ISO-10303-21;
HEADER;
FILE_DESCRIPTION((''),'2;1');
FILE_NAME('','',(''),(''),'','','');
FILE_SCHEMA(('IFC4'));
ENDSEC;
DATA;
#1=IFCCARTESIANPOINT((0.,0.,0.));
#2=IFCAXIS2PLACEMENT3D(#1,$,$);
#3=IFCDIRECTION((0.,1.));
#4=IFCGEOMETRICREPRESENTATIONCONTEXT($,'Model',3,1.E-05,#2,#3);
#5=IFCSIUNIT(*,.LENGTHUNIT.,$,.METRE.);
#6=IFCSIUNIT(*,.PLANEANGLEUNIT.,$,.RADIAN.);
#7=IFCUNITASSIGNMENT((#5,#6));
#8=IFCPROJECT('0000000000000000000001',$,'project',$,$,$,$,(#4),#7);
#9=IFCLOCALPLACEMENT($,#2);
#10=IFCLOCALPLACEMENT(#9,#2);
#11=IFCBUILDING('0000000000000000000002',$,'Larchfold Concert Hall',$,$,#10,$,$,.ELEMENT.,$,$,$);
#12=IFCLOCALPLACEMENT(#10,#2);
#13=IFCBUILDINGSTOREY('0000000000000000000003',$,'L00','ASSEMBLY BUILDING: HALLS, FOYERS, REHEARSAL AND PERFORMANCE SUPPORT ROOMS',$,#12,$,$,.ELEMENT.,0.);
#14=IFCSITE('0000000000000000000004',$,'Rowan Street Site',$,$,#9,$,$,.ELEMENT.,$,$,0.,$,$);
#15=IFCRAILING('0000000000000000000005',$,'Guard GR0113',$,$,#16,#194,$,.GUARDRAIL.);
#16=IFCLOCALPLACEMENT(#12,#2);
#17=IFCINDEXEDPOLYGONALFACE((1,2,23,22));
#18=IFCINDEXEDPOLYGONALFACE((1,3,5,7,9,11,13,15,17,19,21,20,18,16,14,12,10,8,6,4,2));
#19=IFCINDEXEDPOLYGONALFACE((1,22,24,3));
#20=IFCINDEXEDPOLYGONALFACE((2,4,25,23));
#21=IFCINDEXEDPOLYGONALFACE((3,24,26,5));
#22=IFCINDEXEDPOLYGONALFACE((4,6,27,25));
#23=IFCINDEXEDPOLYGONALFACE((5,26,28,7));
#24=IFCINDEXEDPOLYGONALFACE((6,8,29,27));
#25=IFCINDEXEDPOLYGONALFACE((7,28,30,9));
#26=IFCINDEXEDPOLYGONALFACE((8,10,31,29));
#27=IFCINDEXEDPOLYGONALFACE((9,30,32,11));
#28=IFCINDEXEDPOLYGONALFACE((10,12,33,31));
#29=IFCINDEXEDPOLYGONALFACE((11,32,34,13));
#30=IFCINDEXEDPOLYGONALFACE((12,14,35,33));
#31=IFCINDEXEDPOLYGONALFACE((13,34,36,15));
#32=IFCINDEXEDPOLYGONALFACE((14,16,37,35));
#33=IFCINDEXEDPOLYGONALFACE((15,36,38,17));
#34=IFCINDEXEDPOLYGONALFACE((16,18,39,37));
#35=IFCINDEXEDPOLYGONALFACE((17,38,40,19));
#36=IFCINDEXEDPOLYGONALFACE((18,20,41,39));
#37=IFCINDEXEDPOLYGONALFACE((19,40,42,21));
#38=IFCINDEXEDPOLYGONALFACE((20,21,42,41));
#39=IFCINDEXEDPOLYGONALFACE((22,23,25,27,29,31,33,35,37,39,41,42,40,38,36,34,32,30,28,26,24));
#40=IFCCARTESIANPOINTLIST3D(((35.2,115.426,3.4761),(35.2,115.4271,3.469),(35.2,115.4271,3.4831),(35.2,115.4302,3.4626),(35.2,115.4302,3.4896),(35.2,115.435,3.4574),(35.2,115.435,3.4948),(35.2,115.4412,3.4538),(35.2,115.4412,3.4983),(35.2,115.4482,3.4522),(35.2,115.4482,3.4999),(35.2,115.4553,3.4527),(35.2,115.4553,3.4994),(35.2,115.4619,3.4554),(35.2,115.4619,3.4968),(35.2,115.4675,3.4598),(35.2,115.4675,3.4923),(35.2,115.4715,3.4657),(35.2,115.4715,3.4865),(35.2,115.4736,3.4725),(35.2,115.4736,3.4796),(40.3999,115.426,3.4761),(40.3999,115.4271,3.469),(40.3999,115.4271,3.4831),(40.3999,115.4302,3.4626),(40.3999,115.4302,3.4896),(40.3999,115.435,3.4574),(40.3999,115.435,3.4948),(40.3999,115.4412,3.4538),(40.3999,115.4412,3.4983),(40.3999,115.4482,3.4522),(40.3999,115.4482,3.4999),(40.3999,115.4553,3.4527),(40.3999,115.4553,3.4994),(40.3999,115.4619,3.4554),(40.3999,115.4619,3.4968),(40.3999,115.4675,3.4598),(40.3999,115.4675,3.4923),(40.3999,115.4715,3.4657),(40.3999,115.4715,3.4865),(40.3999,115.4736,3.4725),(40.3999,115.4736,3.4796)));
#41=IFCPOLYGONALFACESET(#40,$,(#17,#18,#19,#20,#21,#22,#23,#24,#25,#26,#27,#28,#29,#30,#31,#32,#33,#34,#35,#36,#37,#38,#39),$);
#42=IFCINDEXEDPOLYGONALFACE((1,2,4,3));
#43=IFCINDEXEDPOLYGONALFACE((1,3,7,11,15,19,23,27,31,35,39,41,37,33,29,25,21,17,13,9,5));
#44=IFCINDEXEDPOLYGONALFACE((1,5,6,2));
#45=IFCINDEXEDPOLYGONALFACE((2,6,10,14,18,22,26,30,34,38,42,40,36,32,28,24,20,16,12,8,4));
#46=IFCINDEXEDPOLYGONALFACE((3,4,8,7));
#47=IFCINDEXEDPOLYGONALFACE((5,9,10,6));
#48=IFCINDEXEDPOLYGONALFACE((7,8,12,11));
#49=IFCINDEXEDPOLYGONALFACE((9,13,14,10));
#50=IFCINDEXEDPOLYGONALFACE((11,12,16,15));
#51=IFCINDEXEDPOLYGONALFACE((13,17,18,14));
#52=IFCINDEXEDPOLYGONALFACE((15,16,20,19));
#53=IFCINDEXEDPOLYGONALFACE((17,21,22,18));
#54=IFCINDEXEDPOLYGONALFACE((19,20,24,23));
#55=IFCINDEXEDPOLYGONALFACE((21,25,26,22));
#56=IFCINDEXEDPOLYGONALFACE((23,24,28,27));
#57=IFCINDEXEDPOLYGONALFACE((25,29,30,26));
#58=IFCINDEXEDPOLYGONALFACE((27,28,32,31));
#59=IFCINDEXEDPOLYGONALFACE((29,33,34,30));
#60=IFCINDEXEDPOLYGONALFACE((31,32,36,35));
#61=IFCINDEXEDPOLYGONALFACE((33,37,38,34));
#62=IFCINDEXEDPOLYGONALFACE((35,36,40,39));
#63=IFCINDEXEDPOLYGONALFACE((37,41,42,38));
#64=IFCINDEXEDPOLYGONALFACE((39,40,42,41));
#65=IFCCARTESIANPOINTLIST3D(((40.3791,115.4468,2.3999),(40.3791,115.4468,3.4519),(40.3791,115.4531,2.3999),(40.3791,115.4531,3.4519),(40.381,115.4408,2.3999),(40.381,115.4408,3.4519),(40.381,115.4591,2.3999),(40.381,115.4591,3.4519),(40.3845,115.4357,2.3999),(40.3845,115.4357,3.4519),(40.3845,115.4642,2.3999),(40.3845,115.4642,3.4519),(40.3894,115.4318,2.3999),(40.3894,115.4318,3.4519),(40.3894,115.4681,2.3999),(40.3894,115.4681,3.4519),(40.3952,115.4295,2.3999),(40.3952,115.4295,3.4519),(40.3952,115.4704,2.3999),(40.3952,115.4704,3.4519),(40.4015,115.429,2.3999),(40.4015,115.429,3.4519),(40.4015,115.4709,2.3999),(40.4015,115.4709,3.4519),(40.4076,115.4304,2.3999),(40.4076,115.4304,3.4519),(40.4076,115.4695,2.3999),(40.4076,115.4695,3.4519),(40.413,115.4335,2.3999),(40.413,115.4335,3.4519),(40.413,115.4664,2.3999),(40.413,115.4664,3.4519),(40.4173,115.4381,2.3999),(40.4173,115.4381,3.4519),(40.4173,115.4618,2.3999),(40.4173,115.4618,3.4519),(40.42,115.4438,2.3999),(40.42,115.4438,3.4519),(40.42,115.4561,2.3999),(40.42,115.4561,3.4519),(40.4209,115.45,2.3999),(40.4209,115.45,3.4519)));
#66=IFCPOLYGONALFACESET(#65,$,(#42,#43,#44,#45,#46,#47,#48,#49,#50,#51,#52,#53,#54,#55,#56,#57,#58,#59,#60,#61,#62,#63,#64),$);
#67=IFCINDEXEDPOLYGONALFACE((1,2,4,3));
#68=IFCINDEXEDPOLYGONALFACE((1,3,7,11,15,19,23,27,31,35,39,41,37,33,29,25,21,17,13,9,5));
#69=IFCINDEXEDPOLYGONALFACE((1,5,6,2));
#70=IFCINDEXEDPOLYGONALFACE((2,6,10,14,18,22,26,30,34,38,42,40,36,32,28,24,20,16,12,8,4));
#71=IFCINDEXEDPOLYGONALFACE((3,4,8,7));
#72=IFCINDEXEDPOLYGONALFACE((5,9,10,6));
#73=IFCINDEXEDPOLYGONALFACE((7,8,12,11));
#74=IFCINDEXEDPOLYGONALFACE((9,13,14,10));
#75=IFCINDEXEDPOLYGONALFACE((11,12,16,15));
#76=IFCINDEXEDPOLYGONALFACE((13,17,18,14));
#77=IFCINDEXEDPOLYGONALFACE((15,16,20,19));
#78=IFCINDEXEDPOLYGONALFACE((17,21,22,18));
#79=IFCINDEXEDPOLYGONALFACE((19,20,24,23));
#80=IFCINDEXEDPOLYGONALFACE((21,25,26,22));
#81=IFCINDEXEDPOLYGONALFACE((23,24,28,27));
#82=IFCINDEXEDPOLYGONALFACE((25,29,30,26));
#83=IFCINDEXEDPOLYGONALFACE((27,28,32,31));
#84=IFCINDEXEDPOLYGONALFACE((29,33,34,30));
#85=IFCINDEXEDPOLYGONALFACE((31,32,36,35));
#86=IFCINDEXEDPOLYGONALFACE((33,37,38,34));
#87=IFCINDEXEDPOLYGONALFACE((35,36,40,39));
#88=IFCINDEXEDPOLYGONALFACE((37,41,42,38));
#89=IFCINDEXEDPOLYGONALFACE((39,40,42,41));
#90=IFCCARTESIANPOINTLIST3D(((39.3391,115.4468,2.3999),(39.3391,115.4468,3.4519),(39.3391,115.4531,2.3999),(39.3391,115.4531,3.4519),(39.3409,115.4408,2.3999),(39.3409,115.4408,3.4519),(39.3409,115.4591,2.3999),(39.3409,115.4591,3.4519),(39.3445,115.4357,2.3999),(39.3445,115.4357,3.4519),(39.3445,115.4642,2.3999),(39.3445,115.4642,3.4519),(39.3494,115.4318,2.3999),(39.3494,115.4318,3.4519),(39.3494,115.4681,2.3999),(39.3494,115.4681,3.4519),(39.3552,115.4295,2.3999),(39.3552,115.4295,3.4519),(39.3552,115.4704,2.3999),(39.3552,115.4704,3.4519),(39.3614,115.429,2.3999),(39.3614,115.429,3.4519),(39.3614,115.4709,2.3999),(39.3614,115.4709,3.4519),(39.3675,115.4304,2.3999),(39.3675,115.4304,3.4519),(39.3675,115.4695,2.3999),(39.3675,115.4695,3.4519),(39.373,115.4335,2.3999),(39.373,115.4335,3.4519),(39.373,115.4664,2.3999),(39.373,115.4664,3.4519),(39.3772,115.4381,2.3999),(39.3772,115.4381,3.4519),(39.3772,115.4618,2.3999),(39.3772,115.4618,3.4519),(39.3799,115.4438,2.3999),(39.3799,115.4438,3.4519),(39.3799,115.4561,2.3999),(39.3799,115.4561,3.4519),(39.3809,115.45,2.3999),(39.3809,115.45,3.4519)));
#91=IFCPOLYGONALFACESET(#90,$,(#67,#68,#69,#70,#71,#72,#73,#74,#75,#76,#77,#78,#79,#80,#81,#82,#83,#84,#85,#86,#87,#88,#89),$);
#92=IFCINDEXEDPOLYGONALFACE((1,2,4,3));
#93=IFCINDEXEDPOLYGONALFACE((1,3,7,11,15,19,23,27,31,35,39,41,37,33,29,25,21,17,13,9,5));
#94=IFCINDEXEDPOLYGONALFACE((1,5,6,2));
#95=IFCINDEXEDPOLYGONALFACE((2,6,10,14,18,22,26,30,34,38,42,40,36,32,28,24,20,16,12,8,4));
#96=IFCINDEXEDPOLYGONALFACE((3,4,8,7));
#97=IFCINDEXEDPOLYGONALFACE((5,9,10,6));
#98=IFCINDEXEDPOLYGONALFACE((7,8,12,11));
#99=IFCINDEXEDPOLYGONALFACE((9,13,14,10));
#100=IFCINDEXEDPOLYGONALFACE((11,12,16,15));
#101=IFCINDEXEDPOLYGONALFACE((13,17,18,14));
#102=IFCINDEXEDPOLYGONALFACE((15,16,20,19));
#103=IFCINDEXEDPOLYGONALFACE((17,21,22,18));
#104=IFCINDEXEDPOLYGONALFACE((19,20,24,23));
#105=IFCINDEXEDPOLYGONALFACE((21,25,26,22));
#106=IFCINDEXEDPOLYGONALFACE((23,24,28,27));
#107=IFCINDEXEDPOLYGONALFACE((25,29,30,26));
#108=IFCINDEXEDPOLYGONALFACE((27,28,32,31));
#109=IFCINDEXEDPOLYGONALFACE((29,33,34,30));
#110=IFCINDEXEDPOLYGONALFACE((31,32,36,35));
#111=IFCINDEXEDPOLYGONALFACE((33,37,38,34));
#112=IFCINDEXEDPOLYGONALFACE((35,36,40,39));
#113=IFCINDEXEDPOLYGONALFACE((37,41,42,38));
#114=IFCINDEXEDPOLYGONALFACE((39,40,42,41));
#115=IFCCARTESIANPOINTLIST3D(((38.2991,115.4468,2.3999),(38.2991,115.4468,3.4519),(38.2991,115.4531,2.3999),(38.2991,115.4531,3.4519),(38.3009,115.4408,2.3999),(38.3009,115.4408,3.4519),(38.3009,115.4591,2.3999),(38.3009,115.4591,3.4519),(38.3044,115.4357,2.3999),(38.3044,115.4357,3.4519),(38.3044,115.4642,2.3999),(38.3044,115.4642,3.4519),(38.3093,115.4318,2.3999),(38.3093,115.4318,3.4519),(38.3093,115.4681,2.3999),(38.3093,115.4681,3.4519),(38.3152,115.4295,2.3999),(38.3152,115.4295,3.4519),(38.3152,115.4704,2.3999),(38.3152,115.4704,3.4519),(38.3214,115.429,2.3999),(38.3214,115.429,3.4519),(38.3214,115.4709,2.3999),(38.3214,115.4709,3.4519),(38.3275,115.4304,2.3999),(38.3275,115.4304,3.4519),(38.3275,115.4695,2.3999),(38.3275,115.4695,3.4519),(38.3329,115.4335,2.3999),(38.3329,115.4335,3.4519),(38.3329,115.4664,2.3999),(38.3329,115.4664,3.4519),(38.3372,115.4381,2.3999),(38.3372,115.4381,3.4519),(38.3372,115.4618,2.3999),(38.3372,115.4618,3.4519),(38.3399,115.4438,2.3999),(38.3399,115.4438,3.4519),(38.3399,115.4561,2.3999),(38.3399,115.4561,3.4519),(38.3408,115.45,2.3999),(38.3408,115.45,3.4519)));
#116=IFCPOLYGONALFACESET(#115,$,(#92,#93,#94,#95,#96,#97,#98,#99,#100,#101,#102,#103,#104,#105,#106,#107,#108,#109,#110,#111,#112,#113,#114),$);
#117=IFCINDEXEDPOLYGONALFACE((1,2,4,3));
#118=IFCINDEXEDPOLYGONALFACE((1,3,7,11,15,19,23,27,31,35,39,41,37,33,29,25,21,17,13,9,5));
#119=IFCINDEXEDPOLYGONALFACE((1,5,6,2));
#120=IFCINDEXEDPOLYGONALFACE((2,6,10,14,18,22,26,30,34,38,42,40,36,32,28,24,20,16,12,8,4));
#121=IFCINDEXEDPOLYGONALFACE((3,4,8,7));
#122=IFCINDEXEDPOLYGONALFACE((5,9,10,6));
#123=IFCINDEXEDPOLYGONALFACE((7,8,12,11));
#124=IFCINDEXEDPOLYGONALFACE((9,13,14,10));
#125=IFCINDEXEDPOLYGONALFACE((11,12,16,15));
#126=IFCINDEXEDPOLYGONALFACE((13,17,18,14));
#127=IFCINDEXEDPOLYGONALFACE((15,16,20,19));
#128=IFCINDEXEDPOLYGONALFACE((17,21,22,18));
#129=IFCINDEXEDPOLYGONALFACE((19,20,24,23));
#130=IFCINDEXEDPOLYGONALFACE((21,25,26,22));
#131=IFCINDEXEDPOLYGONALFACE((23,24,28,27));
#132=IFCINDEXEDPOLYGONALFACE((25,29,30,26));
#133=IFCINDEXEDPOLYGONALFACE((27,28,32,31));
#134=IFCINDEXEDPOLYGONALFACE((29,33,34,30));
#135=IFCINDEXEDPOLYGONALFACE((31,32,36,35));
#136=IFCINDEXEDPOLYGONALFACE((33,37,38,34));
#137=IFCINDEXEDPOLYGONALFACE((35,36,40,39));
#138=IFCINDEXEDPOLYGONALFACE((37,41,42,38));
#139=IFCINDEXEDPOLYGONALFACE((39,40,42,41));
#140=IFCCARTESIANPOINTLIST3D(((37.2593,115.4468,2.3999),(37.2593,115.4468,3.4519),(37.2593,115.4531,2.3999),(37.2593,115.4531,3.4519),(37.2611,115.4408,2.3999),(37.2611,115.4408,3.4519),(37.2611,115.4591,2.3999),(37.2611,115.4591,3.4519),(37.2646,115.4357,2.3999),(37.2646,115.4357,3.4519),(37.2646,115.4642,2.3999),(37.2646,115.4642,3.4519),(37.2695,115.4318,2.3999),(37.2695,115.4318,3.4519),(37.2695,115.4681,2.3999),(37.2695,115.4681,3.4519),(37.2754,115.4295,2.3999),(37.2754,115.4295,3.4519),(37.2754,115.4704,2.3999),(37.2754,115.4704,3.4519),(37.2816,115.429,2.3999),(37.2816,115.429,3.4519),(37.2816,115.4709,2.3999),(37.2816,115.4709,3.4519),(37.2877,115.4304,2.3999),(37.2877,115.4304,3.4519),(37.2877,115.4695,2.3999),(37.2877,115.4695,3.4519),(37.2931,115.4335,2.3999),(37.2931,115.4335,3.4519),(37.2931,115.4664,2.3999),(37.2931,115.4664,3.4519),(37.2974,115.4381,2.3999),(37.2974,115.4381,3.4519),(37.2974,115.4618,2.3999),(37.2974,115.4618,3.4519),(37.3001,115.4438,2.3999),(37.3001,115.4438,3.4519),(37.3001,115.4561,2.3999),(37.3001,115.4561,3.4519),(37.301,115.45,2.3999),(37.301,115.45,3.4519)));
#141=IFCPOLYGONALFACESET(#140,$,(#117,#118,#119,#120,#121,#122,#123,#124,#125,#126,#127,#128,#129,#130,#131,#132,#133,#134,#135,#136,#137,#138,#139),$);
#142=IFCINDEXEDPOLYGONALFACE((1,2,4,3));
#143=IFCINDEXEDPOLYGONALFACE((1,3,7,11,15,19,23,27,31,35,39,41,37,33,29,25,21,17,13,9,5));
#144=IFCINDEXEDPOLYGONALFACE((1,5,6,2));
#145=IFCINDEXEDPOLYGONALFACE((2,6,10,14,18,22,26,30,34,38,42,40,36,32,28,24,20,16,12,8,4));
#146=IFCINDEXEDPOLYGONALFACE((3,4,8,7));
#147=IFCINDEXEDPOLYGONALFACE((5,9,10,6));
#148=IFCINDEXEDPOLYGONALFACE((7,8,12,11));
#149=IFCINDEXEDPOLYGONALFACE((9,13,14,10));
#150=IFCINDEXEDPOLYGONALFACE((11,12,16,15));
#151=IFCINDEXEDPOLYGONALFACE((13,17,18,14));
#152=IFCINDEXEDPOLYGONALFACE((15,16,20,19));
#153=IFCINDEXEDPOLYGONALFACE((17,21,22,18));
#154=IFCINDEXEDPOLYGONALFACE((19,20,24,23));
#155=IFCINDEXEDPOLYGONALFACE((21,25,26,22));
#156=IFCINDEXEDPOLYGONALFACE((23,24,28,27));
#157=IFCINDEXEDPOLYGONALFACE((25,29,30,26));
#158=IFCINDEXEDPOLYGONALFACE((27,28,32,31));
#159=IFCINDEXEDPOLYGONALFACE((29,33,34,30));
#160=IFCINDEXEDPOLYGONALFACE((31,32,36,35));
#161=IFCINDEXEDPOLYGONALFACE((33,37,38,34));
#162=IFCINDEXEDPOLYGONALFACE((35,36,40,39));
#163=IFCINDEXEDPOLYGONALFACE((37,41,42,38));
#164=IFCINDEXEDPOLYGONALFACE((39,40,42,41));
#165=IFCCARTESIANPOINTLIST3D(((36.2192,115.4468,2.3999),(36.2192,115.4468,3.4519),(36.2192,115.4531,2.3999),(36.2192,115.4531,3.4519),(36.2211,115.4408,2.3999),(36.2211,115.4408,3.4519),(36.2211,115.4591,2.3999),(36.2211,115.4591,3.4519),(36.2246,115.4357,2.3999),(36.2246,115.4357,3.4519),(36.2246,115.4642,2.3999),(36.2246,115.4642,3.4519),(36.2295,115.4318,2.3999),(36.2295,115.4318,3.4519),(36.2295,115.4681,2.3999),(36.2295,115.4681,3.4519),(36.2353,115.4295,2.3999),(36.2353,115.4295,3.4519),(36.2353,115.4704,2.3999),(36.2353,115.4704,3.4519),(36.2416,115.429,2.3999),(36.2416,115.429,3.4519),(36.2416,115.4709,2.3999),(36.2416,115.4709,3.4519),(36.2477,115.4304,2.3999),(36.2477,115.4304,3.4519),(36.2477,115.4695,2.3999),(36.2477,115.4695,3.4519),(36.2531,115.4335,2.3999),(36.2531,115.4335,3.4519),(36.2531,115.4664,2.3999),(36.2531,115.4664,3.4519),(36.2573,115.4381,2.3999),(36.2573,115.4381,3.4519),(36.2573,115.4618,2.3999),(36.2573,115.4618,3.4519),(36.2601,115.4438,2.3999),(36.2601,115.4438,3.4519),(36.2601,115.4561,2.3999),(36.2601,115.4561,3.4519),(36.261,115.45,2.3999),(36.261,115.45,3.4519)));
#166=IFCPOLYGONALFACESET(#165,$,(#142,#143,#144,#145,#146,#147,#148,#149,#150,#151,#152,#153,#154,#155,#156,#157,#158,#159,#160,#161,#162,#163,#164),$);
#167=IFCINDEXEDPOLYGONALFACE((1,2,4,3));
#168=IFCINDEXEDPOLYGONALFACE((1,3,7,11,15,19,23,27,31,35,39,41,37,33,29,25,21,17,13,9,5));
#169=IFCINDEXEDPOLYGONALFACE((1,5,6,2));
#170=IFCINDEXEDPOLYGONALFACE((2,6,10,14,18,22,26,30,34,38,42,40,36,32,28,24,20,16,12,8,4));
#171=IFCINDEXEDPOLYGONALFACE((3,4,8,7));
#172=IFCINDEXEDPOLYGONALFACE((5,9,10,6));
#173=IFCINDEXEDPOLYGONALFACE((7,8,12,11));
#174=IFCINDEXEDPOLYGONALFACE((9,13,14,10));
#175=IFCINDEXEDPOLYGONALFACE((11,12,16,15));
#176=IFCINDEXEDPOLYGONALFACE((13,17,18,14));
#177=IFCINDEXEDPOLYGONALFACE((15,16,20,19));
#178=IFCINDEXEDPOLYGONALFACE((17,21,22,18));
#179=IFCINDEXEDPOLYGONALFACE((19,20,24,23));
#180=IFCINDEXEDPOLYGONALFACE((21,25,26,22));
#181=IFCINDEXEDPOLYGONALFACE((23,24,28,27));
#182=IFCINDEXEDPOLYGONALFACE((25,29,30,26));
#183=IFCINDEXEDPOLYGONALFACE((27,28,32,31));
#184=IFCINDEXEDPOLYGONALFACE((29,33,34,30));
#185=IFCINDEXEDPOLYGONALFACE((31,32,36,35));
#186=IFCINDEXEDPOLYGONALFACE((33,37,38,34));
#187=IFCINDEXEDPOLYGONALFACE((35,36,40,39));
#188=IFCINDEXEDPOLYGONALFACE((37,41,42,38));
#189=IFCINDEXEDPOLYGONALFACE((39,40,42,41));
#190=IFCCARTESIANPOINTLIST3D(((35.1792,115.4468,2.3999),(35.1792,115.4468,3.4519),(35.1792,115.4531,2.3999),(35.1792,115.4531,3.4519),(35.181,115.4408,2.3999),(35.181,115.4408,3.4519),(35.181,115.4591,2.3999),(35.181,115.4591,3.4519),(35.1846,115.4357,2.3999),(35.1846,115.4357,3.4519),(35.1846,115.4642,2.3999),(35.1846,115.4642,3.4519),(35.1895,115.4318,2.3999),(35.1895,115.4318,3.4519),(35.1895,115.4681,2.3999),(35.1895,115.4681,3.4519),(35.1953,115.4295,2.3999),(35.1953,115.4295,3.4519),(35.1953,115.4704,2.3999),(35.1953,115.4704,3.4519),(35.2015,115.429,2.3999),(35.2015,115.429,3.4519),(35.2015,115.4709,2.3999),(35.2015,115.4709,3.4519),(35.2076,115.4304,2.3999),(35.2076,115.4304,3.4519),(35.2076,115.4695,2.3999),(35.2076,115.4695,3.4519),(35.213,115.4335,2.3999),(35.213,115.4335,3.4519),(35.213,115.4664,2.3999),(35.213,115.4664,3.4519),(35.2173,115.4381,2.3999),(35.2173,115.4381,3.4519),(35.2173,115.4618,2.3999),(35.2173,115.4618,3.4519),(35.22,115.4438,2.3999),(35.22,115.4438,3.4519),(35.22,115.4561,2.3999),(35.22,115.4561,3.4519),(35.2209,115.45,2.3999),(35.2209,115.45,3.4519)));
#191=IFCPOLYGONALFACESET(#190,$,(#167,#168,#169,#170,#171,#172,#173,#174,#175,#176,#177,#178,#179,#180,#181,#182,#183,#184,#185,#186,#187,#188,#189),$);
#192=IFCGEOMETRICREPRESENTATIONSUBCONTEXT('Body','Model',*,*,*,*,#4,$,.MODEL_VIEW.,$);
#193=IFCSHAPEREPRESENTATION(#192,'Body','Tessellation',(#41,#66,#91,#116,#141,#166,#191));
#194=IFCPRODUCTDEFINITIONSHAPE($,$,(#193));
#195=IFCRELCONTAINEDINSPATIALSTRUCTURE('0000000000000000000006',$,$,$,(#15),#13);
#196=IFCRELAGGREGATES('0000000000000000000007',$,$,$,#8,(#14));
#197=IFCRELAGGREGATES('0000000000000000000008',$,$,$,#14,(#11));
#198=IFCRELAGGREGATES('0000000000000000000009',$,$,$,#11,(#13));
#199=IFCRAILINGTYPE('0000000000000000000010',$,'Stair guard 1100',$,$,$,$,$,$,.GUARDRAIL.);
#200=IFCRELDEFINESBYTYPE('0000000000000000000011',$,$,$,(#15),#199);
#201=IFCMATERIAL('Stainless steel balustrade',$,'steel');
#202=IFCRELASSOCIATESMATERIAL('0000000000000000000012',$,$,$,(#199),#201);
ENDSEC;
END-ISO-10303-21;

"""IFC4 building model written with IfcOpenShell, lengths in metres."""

from ifc_helpers import new_model, si_unit, direction, frame, origin, origin_2d, place, context, subcontext, project, spatial, circle, extrude, material, type_object, element, save


model = new_model("IFC4")

# Units and contexts
model_context = context("Model", 3, precision=1e-05, world=origin(), true_north=direction((0.0, 1.0)))
body_context = subcontext(model_context, "Body", "Model", "MODEL_VIEW")
ifc_project = project(units=[si_unit("LENGTHUNIT", "METRE"), si_unit("PLANEANGLEUNIT", "RADIAN")], contexts=[model_context])

# Site, building, storey
site_placement = place(None, origin())
site = spatial("IfcSite", under=ifc_project, at=site_placement, Name="Rowan Street Site", CompositionType="ELEMENT", RefElevation=0.0)
building_placement = place(site_placement, origin())
building = spatial("IfcBuilding", under=site, at=building_placement, Name="Larchfold Concert Hall", CompositionType="ELEMENT")
storey_placement = place(building_placement, origin())
storey = spatial("IfcBuildingStorey", under=building, at=storey_placement, Name="L00", Description="ASSEMBLY BUILDING: HALLS, FOYERS, REHEARSAL AND PERFORMANCE SUPPORT ROOMS", CompositionType="ELEMENT", Elevation=0.0)

# Railing
ifc_material_1 = material(Name="Stainless steel balustrade", Category="steel")
railing_type = type_object("IfcRailingType", Name="Stair guard 1100", PredefinedType="GUARDRAIL", material=ifc_material_1)
railing_1_placement = place(storey_placement, frame((40.3999, 115.45, 2.3999)))
element("IfcRailing", 1, at=railing_1_placement, inside=storey, type_object=railing_type, Name="Guard GR0113", PredefinedType="GUARDRAIL", context=body_context, shape_type="SweptSolid", body=[
    extrude(circle(Radius=0.0239, at=origin_2d()), frame((0.0, 0.0, 1.0762), z_axis=(-1.0, 0.0, 0.0), x_axis=(0.0, -1.0, 0.0)), (0.0, 0.0, 1.0), 5.2),
    extrude(circle(Radius=0.021, at=origin_2d()), origin(), (0.0, 0.0, 1.0), 1.052),
    extrude(circle(Radius=0.021, at=origin_2d()), frame((-1.04, 0.0, 0.0)), (0.0, 0.0, 1.0), 1.052),
    extrude(circle(Radius=0.021, at=origin_2d()), frame((-2.0801, 0.0, 0.0)), (0.0, 0.0, 1.0), 1.052),
    extrude(circle(Radius=0.021, at=origin_2d()), frame((-3.1199, 0.0, 0.0)), (0.0, 0.0, 1.0), 1.052),
    extrude(circle(Radius=0.021, at=origin_2d()), frame((-4.1599, 0.0, 0.0)), (0.0, 0.0, 1.0), 1.052),
    extrude(circle(Radius=0.021, at=origin_2d()), frame((-5.2, 0.0, 0.0)), (0.0, 0.0, 1.0), 1.052),
])

save(model, "model.ifc")
